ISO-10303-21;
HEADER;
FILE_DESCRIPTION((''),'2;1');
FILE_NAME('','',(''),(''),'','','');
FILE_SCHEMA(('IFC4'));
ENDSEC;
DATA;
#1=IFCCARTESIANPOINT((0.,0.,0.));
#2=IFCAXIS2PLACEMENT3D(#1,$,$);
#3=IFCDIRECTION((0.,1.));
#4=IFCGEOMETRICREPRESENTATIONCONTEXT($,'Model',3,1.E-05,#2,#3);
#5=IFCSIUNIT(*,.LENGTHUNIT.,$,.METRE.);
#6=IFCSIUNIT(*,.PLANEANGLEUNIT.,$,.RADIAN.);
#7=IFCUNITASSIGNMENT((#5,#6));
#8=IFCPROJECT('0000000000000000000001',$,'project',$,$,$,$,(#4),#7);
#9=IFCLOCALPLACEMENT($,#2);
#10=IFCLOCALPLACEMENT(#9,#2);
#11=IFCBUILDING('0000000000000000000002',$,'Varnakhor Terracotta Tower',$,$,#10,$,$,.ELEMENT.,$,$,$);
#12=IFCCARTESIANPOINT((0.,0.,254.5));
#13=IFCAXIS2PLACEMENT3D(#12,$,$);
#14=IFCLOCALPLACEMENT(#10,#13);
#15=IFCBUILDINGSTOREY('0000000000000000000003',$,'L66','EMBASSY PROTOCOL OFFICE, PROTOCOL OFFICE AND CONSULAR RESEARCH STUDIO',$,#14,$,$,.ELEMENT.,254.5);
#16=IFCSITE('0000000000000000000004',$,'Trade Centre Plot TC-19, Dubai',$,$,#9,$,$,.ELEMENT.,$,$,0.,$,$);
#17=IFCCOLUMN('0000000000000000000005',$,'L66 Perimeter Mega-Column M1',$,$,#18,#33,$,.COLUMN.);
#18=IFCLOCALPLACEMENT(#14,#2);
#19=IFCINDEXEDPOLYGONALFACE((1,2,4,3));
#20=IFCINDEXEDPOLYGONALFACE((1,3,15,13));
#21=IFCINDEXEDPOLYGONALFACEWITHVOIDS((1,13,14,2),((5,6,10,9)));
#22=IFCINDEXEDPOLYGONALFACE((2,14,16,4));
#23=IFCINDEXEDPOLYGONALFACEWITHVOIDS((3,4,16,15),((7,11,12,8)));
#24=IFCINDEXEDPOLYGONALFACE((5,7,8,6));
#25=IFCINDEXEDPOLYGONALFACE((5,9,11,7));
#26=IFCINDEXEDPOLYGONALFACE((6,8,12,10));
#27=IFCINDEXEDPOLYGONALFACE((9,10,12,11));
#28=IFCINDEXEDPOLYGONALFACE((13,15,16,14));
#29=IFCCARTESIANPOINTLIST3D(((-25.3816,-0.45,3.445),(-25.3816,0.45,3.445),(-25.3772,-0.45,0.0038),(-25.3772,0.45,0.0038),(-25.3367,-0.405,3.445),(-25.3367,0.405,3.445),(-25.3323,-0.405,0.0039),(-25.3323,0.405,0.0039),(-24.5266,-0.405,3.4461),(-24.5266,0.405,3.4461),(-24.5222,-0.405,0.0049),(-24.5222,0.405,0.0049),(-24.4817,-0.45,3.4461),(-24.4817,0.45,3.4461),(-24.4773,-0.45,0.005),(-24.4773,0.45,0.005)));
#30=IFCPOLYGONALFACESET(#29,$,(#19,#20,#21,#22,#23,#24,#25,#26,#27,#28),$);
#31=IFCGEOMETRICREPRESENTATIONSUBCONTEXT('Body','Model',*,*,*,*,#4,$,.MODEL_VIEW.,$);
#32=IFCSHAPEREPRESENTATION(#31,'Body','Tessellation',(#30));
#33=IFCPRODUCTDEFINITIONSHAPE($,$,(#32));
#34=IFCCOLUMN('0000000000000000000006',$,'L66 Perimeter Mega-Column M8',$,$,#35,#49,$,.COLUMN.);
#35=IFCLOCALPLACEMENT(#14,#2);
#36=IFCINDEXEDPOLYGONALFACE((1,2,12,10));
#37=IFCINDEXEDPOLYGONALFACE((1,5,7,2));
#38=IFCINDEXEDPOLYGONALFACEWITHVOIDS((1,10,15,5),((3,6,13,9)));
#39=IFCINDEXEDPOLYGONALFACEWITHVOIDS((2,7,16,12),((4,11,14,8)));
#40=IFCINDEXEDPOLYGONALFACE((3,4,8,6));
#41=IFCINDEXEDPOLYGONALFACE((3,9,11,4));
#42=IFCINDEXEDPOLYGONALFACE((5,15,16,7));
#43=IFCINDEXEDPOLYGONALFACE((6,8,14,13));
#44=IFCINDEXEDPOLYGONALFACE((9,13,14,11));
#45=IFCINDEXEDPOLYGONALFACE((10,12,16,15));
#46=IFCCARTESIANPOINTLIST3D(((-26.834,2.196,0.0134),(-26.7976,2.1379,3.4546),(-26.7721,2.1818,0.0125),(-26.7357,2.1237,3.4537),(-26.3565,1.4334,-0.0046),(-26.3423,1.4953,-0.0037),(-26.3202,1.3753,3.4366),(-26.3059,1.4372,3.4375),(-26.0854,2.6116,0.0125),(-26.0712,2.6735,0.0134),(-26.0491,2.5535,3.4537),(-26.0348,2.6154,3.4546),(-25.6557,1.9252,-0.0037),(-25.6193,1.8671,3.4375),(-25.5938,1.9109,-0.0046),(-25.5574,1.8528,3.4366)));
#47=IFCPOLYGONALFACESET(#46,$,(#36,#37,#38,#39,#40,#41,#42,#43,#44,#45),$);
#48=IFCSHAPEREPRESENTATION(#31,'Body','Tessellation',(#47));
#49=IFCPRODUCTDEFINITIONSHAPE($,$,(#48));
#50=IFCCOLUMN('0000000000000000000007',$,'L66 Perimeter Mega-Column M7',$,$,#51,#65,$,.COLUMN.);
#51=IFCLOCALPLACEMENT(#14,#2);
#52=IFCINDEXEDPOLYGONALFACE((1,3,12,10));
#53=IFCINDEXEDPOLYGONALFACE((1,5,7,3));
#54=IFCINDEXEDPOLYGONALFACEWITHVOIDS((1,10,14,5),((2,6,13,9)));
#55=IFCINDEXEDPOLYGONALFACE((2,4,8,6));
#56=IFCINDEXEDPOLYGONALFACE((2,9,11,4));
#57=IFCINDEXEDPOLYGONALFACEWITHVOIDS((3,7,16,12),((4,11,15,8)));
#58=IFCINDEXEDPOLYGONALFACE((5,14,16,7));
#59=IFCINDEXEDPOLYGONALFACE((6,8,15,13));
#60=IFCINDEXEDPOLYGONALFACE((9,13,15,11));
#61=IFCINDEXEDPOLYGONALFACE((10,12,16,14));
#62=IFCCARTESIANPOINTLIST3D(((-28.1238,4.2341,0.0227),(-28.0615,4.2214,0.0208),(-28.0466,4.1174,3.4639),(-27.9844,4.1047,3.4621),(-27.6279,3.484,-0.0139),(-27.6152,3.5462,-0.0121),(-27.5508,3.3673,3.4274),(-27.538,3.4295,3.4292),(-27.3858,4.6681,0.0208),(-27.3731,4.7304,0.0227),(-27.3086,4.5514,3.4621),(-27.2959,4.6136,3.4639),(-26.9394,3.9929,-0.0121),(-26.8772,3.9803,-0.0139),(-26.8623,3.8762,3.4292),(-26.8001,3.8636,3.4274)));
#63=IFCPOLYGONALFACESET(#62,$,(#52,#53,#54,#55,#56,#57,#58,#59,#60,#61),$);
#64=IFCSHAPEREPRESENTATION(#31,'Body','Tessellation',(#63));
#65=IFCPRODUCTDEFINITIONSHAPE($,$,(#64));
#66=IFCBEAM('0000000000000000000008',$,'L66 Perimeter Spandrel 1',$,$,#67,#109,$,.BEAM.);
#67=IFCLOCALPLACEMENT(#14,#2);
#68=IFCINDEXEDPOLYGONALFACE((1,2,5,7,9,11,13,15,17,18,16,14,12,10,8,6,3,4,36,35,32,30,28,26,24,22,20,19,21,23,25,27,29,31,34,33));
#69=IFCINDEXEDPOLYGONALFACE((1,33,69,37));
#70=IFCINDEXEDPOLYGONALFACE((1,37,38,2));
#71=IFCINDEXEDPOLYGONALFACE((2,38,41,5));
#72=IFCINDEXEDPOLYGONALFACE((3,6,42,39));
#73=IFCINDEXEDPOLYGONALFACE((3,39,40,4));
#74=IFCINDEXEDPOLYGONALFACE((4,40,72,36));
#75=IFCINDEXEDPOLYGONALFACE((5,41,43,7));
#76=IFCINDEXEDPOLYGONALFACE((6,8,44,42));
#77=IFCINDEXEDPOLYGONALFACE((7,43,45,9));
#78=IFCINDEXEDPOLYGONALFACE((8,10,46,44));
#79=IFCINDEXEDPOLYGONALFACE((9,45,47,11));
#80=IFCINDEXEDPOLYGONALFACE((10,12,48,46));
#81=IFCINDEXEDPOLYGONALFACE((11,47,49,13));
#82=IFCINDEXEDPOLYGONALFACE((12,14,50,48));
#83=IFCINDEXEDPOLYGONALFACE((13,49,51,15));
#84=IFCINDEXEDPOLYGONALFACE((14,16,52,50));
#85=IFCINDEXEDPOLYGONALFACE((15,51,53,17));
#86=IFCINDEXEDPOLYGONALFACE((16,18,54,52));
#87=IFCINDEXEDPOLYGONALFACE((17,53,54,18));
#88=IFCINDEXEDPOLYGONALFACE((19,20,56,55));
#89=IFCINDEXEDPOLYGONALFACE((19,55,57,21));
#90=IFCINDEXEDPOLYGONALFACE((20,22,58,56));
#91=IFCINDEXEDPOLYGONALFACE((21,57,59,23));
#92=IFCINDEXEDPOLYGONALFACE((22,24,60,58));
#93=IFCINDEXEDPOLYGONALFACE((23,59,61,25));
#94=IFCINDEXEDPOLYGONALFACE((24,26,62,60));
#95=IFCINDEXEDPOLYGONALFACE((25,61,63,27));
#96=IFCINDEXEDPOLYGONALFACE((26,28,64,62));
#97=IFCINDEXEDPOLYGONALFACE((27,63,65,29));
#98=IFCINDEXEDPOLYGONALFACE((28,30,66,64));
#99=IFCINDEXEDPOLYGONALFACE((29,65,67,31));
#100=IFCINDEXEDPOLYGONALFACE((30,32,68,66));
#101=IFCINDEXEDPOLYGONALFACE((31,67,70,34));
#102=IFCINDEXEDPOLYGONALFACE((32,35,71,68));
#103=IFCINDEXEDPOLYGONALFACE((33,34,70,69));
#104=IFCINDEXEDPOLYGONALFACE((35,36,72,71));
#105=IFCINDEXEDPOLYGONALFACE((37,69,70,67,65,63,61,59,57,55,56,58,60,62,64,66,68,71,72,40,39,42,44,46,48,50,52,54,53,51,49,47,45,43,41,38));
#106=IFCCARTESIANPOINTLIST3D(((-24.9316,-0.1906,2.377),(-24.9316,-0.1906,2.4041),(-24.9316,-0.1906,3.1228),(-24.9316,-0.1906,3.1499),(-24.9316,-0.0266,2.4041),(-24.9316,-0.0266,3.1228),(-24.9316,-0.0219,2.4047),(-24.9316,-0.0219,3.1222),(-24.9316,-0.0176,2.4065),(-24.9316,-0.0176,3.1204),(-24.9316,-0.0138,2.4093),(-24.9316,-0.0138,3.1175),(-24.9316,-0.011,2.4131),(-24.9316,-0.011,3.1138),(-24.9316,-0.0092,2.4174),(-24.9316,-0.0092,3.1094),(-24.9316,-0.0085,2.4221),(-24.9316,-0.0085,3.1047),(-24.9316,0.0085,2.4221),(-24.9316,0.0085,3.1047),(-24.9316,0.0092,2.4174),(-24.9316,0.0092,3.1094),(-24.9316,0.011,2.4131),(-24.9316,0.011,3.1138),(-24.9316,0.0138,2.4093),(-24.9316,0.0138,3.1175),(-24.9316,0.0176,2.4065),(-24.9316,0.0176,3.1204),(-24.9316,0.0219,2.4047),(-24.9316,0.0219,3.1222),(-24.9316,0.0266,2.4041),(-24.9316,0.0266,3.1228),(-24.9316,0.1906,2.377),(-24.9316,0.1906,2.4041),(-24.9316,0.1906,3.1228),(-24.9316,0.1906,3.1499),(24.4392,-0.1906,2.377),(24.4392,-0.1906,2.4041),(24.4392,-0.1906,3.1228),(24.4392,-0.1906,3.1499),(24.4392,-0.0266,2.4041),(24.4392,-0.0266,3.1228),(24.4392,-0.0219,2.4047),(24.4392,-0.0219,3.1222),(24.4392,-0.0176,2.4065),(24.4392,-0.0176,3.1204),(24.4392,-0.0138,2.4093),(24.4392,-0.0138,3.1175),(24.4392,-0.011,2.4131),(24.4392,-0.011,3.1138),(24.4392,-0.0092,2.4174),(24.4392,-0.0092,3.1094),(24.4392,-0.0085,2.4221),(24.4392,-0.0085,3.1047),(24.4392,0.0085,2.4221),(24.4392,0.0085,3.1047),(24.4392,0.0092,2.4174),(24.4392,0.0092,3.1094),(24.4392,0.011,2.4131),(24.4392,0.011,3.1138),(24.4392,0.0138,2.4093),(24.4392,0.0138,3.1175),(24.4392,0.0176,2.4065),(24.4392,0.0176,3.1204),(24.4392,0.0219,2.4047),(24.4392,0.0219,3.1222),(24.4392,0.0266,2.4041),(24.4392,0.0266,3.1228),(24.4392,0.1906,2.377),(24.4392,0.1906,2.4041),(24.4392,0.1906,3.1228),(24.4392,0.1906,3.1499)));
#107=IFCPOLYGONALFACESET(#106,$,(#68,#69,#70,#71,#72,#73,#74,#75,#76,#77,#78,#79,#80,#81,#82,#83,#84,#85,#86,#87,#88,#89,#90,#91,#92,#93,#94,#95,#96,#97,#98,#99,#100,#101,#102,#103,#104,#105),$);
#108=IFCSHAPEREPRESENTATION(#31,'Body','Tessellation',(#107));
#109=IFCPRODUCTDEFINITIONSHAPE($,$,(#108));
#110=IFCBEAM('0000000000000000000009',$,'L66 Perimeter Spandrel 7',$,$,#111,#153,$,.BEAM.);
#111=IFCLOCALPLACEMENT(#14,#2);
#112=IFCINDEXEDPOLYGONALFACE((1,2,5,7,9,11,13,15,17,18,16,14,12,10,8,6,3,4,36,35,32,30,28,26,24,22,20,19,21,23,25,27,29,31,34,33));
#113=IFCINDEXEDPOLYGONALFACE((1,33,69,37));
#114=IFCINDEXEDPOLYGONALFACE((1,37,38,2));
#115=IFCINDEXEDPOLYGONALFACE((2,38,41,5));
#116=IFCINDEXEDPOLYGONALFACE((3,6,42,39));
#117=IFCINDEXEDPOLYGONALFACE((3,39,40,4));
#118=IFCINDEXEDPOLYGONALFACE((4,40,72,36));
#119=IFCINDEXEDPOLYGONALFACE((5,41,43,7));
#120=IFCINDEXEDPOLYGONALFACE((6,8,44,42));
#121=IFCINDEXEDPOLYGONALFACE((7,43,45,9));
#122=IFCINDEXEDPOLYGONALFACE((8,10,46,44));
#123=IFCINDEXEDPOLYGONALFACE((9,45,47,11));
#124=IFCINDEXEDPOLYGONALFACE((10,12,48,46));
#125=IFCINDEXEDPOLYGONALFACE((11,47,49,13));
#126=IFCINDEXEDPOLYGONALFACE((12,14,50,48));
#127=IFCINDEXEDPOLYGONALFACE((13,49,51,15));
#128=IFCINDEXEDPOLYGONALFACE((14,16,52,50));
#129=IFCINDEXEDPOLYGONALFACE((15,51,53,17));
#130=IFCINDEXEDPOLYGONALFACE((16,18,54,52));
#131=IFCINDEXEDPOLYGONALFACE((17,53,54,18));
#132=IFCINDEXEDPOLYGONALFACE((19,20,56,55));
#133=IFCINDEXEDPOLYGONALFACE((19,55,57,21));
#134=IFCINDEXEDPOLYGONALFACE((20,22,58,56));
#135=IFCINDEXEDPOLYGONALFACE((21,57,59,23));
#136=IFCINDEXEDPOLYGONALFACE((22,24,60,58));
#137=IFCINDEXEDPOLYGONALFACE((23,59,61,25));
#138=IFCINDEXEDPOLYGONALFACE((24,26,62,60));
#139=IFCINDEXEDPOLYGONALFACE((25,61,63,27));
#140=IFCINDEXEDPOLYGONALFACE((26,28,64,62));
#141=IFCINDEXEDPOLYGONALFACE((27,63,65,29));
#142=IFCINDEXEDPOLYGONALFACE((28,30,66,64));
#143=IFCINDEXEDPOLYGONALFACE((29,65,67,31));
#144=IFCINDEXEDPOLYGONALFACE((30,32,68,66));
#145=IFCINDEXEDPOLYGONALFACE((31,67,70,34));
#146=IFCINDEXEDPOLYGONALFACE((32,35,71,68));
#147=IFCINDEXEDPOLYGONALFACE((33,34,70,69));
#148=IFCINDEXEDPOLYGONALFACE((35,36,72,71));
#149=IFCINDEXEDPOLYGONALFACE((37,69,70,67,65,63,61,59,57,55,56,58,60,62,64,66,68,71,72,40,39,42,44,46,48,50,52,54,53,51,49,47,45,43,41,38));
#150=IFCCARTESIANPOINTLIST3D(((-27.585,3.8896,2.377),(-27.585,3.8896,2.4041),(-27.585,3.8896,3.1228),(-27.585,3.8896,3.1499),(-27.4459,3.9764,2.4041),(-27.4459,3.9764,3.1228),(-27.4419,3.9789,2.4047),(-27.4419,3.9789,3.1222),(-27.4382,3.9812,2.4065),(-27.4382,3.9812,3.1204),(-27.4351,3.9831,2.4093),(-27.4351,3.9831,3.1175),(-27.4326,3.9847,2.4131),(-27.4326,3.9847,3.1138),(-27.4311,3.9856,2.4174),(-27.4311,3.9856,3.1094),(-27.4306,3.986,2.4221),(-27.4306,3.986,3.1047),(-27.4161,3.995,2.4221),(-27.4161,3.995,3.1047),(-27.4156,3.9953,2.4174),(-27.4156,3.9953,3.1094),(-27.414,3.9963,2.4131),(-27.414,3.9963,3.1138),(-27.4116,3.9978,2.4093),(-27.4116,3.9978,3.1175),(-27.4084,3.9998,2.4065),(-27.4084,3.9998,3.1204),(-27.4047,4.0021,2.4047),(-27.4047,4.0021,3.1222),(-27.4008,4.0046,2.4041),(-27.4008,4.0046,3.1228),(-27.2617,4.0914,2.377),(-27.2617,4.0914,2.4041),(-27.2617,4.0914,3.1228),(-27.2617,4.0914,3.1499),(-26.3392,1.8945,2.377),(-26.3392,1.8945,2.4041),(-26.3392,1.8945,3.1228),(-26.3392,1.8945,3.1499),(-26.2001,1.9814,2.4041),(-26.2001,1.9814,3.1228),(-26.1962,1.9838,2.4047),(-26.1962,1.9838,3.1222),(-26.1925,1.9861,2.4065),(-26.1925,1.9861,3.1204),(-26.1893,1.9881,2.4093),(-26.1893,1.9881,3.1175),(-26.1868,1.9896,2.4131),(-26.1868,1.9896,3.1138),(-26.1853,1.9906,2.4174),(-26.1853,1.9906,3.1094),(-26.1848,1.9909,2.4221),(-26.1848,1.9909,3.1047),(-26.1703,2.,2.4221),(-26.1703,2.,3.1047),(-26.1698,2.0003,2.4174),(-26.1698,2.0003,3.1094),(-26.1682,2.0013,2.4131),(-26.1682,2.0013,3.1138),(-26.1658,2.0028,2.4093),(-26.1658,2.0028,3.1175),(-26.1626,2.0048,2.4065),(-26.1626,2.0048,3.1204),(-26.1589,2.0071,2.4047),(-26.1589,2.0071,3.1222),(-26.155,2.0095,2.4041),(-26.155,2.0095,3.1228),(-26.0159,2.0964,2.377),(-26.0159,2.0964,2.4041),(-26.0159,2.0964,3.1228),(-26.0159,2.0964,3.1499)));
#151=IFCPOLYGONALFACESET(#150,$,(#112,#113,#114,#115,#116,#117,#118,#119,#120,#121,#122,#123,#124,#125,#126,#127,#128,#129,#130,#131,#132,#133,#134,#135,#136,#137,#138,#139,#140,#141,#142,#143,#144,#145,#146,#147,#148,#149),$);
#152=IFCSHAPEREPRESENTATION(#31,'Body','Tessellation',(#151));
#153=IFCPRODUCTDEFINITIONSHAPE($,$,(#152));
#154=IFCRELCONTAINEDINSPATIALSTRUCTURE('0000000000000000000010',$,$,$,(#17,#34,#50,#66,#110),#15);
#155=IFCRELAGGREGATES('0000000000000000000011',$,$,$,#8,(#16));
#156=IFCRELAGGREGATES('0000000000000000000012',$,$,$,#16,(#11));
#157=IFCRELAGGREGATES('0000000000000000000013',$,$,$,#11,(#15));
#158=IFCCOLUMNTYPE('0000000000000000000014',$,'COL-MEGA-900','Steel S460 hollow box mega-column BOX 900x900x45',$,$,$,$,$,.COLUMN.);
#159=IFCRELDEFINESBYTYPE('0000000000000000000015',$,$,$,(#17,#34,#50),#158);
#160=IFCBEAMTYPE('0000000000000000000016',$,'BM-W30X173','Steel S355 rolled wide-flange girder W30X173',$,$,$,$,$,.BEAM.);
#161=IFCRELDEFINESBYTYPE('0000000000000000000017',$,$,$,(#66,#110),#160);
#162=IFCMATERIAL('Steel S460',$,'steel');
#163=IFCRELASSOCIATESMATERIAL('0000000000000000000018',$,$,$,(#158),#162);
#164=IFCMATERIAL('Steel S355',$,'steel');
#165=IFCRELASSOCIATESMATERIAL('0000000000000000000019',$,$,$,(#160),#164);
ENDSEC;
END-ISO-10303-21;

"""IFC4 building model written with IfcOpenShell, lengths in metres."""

from ifc_helpers import new_model, si_unit, direction, frame, origin, origin_2d, place, context, subcontext, project, spatial, hollow_rectangle, i_section, extrude, source, transform, mapped, material, material_profile, profile_set, type_object, element, save


model = new_model("IFC4")

# Units and contexts
model_context = context("Model", 3, precision=1e-05, world=origin(), true_north=direction((0.0, 1.0)))
body_context = subcontext(model_context, "Body", "Model", "MODEL_VIEW")
ifc_project = project(units=[si_unit("LENGTHUNIT", "METRE"), si_unit("PLANEANGLEUNIT", "RADIAN")], contexts=[model_context])

# Site, building, storey
site_placement = place(None, origin())
site = spatial("IfcSite", under=ifc_project, at=site_placement, Name="Trade Centre Plot TC-19, Dubai", CompositionType="ELEMENT", RefElevation=0.0)
building_placement = place(site_placement, origin())
building = spatial("IfcBuilding", under=site, at=building_placement, Name="Varnakhor Terracotta Tower", CompositionType="ELEMENT")
storey_placement = place(building_placement, frame((0.0, 0.0, 254.5)))
storey = spatial("IfcBuildingStorey", under=building, at=storey_placement, Name="L66", Description="EMBASSY PROTOCOL OFFICE, PROTOCOL OFFICE AND CONSULAR RESEARCH STUDIO", CompositionType="ELEMENT", Elevation=254.5)

# Columns
ifc_material_1 = material(Name="Steel S460", Category="steel")
ifc_material_profile_1 = material_profile(ifc_material_1, hollow_rectangle(XDim=0.8999, YDim=0.8999, WallThickness=0.0449, at=origin_2d()), Name="BOX 900x900x45")
ifc_profile_set_1 = profile_set([ifc_material_profile_1], Name="Steel S460")
column_type = type_object("IfcColumnType", Name="COL-MEGA-900", Description="Steel S460 hollow box mega-column BOX 900x900x45", PredefinedType="COLUMN", material=ifc_profile_set_1)
shared_shape_1 = source(origin(), body_context, "Body", "SweptSolid", [
    extrude(hollow_rectangle(XDim=0.8999, YDim=0.8999, WallThickness=0.0449, at=origin_2d()), origin(), (0.0, 0.0, 1.0), 3.4412),
])
column_1_placement = place(storey_placement, frame((-24.9272, 0.0, 0.0044), z_axis=(-0.001277, 0.0, 0.999999), x_axis=(1.0, 0.0, 0.0)))
element("IfcColumn", 1, at=column_1_placement, inside=storey, type_object=column_type, Name="L66 Perimeter Mega-Column M1", PredefinedType="COLUMN", context=body_context, shape_type="MappedRepresentation", body=[
    mapped(shared_shape_1, transform((0.0, 0.0, 0.0), scale=1.0)),
])
shared_shape_2 = source(origin(), body_context, "Body", "SweptSolid", [
    extrude(hollow_rectangle(XDim=0.8999, YDim=0.8999, WallThickness=0.0449, at=origin_2d()), origin(), (0.0, 0.0, 1.0), 3.4419),
])
column_2_placement = place(storey_placement, frame((-26.2139, 2.0535, 0.0044), z_axis=(0.010569, -0.016882, 0.999802), x_axis=(0.847598, 0.530639, 0.0)))
element("IfcColumn", 2, at=column_2_placement, inside=storey, type_object=column_type, Name="L66 Perimeter Mega-Column M8", PredefinedType="COLUMN", context=body_context, shape_type="MappedRepresentation", body=[
    mapped(shared_shape_2, transform((0.0, 0.0, 0.0), scale=1.0)),
])
shared_shape_3 = source(origin(), body_context, "Body", "SweptSolid", [
    extrude(hollow_rectangle(XDim=0.8999, YDim=0.8999, WallThickness=0.0449, at=origin_2d()), origin(), (0.0, 0.0, 1.0), 3.4441),
])
column_3_placement = place(storey_placement, frame((-27.5005, 4.1072, 0.0044), z_axis=(0.022401, -0.033885, 0.999175), x_axis=(0.834192, 0.551474, 0.0)))
element("IfcColumn", 3, at=column_3_placement, inside=storey, type_object=column_type, Name="L66 Perimeter Mega-Column M7", PredefinedType="COLUMN", context=body_context, shape_type="MappedRepresentation", body=[
    mapped(shared_shape_3, transform((0.0, 0.0, 0.0), scale=1.0)),
])

# Beams
ifc_material_2 = material(Name="Steel S355", Category="steel")
ifc_material_profile_2 = material_profile(ifc_material_2, i_section(OverallWidth=0.3811, OverallDepth=0.7729, WebThickness=0.0171, FlangeThickness=0.0271, FilletRadius=0.0181, at=origin_2d()), Name="W30X173")
ifc_profile_set_2 = profile_set([ifc_material_profile_2], Name="Steel S355")
beam_type_1 = type_object("IfcBeamType", Name="BM-W30X173", Description="Steel S355 rolled wide-flange girder W30X173", PredefinedType="BEAM", material=ifc_profile_set_2)
shared_shape_4 = source(origin(), body_context, "Body", "SweptSolid", [
    extrude(i_section(OverallWidth=0.3811, OverallDepth=0.7729, WebThickness=0.0171, FlangeThickness=0.0271, FilletRadius=0.0181, at=origin_2d()), origin(), (0.0, 0.0, 1.0), 49.3708),
])
beam_1_placement = place(storey_placement, frame((-24.9316, 0.0, 2.7634), z_axis=(1.0, 0.0, 0.0), x_axis=(0.0, 1.0, 0.0)))
element("IfcBeam", 4, at=beam_1_placement, inside=storey, type_object=beam_type_1, Name="L66 Perimeter Spandrel 1", PredefinedType="BEAM", context=body_context, shape_type="MappedRepresentation", body=[
    mapped(shared_shape_4, transform((0.0, 0.0, 0.0), scale=1.0)),
])
shared_shape_5 = source(origin(), body_context, "Body", "SweptSolid", [
    extrude(i_section(OverallWidth=0.3811, OverallDepth=0.7729, WebThickness=0.0171, FlangeThickness=0.0271, FilletRadius=0.0181, at=origin_2d()), origin(), (0.0, 0.0, 1.0), 2.3521),
])
beam_2_placement = place(storey_placement, frame((-27.4233, 3.9905, 2.7634), z_axis=(0.529663, -0.848208, 0.0), x_axis=(0.848208, 0.529663, 0.0)))
element("IfcBeam", 5, at=beam_2_placement, inside=storey, type_object=beam_type_1, Name="L66 Perimeter Spandrel 7", PredefinedType="BEAM", context=body_context, shape_type="MappedRepresentation", body=[
    mapped(shared_shape_5, transform((0.0, 0.0, 0.0), scale=1.0)),
])

save(model, "model.ifc")
